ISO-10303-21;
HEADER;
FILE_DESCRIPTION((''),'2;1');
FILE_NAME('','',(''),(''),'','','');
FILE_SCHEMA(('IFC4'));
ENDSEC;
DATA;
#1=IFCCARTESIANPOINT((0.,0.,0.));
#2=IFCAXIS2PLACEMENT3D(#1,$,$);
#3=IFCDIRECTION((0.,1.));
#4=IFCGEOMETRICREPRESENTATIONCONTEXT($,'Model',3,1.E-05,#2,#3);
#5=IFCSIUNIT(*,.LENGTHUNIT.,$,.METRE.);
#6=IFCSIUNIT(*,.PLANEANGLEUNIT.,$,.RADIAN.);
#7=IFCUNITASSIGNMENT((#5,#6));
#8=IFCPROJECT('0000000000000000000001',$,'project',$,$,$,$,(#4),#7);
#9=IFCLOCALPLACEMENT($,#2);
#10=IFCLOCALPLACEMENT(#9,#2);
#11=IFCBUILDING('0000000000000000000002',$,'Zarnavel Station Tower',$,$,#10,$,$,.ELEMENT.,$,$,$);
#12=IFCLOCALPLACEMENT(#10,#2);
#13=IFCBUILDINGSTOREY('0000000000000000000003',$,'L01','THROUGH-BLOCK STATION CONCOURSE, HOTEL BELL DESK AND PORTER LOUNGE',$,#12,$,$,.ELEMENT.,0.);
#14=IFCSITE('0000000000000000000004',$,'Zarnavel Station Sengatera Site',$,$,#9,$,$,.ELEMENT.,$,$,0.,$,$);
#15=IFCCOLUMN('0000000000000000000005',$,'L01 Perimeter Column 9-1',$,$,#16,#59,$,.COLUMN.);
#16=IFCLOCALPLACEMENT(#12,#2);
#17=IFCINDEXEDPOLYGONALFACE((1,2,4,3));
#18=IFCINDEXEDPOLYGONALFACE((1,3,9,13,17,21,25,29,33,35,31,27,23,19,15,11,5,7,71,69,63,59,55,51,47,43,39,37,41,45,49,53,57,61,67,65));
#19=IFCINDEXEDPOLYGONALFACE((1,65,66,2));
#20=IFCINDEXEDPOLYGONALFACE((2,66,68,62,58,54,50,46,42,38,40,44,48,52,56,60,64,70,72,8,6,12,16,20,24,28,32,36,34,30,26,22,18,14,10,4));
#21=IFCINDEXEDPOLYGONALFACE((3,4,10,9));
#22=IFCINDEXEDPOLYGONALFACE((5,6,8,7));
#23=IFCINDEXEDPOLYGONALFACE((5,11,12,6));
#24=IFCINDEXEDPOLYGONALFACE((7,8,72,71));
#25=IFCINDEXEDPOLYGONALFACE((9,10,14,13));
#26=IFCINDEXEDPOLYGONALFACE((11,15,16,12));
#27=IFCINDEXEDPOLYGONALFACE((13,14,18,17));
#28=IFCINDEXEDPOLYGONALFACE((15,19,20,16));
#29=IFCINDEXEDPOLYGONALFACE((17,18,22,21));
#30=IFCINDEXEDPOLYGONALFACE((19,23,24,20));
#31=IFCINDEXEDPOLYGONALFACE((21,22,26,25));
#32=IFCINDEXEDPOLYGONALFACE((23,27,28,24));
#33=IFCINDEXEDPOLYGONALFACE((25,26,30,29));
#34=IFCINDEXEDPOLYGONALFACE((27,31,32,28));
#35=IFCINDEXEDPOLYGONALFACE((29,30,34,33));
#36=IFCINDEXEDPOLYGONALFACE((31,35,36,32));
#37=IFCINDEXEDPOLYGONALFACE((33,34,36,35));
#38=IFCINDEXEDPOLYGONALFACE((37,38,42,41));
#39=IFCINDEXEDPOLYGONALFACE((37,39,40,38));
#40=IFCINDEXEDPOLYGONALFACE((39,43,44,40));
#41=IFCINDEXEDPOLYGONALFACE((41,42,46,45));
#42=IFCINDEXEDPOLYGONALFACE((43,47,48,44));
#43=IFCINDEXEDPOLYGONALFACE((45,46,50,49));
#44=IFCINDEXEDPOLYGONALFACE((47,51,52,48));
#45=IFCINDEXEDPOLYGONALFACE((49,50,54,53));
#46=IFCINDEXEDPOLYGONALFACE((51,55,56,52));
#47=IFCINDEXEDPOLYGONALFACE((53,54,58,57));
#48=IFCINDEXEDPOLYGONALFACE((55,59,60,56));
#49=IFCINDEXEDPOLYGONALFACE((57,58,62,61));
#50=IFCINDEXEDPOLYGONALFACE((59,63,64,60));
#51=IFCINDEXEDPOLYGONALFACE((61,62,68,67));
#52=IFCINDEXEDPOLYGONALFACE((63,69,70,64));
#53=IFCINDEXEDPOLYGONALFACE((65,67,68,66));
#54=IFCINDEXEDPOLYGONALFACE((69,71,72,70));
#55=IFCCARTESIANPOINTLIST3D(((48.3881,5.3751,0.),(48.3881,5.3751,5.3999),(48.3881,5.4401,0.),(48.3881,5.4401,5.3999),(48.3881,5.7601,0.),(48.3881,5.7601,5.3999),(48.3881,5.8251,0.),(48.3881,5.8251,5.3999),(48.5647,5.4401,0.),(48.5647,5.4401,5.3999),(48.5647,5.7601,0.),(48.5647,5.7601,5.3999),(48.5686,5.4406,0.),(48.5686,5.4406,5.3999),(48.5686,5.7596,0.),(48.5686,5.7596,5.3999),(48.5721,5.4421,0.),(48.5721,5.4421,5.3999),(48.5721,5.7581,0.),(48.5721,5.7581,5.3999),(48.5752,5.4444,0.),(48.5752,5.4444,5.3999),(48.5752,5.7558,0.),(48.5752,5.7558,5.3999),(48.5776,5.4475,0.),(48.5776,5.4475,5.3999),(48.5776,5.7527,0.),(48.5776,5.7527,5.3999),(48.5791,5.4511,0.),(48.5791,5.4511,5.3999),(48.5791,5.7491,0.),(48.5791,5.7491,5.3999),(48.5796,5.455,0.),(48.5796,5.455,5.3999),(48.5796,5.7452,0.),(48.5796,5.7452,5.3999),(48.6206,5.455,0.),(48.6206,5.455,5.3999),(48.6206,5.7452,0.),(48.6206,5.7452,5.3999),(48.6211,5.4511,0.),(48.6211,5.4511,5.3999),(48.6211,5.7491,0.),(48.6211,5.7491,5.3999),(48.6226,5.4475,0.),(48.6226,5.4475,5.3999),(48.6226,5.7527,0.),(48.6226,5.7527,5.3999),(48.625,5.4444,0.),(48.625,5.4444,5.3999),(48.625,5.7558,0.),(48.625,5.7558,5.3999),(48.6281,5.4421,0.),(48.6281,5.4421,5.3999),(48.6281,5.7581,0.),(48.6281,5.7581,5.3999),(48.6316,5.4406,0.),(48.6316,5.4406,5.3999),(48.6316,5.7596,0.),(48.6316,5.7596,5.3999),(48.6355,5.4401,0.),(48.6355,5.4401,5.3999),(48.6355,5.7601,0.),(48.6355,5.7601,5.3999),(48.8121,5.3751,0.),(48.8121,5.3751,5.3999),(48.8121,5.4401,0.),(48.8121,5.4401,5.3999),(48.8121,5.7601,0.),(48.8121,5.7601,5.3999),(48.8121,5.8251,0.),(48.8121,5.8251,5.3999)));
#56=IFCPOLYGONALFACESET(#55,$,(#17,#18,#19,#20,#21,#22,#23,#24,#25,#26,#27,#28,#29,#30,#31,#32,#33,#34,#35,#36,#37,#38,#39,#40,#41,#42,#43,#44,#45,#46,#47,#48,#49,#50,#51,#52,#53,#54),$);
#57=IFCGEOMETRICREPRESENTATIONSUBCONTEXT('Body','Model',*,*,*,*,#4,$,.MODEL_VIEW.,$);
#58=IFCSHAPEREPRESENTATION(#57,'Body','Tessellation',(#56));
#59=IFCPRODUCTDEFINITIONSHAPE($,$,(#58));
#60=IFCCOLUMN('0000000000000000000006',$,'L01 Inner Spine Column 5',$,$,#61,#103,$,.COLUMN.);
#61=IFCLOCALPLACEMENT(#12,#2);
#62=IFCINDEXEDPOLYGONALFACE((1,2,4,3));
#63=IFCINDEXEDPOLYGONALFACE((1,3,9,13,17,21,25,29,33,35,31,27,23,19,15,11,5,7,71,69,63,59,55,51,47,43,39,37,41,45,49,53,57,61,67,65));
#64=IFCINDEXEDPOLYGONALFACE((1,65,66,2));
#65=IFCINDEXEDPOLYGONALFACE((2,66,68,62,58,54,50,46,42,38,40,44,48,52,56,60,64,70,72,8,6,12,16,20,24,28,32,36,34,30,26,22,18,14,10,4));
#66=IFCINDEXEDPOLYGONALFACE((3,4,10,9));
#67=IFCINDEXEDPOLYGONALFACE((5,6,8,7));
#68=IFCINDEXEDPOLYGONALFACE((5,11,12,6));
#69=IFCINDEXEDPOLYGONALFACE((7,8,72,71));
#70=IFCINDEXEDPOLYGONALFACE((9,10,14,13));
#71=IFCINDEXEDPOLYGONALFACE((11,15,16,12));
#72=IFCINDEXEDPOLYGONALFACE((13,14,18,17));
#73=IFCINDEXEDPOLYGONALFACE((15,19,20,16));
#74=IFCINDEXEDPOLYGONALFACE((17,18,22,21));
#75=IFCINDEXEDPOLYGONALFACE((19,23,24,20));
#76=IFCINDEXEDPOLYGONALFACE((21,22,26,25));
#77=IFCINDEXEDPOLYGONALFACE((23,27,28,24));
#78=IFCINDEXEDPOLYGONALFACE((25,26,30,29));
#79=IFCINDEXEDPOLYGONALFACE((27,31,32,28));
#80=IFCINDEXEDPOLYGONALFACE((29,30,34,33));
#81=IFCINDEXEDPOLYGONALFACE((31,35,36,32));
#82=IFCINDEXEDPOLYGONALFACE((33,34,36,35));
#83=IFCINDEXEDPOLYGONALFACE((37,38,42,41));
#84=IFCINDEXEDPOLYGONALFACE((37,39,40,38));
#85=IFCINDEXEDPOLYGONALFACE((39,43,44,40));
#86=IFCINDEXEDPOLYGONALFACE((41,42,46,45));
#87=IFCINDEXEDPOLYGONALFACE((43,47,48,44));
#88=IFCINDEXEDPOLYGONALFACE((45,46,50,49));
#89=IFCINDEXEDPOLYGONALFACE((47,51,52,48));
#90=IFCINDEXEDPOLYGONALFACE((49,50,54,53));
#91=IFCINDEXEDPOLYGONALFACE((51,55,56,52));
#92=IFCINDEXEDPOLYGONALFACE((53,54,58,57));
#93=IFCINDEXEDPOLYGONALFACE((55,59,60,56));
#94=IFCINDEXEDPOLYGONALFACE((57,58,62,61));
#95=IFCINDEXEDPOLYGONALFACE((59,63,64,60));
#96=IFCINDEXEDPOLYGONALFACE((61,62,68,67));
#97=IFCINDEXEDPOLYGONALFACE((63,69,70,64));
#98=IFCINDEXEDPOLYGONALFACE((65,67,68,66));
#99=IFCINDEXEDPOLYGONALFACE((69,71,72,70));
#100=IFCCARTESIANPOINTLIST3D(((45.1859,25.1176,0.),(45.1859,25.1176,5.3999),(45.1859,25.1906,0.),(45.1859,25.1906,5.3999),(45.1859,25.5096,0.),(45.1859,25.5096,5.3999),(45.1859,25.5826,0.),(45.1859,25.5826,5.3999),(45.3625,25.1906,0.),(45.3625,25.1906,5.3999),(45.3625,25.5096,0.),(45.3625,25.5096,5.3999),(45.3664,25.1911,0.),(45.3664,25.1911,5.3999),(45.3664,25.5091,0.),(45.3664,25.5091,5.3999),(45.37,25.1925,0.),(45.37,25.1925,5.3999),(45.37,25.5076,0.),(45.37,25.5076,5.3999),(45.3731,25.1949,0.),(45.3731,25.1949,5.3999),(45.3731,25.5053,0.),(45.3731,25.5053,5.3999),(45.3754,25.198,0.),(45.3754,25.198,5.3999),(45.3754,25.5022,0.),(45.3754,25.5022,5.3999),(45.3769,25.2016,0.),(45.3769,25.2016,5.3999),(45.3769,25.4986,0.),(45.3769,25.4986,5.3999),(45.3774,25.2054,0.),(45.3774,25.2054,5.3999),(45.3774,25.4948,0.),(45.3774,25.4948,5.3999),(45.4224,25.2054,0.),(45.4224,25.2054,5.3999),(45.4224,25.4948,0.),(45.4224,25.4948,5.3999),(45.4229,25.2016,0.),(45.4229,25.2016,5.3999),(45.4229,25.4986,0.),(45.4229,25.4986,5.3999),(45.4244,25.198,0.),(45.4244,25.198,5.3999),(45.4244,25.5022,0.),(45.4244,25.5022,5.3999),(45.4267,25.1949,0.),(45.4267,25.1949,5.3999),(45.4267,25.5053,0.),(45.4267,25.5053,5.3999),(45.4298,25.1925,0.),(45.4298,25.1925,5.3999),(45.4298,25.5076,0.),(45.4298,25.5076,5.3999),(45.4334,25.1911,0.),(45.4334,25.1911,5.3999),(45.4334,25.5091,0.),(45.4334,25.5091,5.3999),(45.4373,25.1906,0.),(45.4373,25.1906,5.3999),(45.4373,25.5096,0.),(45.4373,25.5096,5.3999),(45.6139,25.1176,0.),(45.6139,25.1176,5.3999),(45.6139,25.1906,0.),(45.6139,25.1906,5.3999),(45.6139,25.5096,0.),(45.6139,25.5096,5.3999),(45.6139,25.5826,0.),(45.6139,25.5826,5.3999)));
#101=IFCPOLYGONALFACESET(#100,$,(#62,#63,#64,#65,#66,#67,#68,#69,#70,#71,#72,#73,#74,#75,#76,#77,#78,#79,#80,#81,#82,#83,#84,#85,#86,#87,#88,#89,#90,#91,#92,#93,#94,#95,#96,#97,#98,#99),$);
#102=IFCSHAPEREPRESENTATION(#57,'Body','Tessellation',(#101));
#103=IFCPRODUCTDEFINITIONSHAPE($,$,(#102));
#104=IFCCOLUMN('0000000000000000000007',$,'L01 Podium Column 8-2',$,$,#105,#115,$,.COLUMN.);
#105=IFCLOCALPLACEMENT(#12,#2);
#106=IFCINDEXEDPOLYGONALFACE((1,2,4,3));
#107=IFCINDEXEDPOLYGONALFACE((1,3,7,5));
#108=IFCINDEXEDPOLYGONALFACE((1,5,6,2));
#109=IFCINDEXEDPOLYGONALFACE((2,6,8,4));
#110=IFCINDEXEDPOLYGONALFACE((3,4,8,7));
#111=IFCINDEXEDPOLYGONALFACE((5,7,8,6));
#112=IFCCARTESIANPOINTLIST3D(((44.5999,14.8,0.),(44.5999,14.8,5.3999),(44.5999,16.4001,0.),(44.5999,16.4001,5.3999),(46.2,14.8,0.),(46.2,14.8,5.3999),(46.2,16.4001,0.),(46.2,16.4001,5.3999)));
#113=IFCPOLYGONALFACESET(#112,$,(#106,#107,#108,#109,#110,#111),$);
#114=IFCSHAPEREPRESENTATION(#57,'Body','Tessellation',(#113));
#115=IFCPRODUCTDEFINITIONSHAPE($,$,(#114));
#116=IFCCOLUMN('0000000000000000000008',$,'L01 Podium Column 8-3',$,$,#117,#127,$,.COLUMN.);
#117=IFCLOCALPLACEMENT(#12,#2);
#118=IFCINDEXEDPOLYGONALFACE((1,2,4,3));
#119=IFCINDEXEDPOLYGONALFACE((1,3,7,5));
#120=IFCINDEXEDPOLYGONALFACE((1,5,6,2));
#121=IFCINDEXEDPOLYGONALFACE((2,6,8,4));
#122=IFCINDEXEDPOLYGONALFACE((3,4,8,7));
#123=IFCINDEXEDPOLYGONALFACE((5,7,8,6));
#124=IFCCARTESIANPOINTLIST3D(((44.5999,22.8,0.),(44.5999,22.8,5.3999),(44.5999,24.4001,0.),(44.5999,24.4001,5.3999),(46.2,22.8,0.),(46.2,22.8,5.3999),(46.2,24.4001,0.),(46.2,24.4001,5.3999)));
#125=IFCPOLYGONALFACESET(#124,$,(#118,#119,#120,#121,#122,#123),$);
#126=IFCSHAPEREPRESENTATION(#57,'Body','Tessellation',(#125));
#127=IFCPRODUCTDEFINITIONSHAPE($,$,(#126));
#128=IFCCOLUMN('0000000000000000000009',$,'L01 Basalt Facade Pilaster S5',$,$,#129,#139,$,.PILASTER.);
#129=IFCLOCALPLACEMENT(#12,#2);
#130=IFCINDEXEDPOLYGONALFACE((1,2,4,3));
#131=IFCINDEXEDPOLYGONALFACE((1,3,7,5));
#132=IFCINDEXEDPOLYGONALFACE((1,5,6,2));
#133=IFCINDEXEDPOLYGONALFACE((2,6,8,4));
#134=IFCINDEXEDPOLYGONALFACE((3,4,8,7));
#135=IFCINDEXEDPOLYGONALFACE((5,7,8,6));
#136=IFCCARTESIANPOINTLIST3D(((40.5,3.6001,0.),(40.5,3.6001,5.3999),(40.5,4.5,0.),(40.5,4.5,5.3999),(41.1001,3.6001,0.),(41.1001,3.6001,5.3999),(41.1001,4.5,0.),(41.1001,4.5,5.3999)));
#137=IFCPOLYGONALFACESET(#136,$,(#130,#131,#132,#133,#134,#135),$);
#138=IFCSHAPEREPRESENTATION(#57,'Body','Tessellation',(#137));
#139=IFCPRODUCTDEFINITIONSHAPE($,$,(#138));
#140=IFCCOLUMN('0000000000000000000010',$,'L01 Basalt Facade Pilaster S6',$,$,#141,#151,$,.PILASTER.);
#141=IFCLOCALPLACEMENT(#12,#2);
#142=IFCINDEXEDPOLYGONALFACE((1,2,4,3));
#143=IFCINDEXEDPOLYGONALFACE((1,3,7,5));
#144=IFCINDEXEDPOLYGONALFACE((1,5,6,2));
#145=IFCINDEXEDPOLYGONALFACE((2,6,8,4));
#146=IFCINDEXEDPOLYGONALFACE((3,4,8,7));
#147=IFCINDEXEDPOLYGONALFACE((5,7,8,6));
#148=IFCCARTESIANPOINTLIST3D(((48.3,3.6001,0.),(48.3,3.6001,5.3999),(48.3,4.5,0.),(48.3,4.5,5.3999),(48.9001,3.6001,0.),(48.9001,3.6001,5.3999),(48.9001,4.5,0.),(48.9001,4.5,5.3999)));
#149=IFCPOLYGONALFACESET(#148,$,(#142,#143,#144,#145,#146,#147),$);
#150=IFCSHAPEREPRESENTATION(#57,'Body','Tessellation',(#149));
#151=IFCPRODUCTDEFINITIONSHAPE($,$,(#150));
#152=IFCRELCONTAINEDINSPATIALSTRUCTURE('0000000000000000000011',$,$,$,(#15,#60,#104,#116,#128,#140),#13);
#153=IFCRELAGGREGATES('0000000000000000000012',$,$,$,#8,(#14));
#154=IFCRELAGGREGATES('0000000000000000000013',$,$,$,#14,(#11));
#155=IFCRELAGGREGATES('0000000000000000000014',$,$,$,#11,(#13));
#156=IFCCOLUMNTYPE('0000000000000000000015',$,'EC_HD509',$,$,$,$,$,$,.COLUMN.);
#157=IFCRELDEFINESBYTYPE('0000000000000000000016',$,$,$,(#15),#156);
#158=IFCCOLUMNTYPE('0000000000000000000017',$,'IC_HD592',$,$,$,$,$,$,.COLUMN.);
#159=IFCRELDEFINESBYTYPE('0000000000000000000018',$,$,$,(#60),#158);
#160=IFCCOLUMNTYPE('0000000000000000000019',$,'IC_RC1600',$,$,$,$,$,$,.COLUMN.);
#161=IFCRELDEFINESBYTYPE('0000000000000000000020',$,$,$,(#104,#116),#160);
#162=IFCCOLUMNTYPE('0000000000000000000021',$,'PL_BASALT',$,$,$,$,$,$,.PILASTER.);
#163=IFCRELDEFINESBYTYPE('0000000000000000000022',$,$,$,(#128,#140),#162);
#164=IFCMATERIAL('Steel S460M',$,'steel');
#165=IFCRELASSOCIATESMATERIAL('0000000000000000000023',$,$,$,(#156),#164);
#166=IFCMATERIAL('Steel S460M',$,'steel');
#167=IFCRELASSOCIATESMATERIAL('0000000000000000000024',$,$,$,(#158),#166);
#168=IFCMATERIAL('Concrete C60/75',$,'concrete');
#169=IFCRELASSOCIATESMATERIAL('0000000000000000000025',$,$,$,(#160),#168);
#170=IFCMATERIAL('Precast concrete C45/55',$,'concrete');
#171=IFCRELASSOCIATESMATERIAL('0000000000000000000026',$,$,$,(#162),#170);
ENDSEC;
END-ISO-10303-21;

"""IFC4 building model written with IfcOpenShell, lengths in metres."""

from ifc_helpers import new_model, si_unit, direction, frame, origin, origin_2d, place, context, subcontext, project, spatial, rectangle, i_section, extrude, material, material_profile, profile_set, type_object, element, save


model = new_model("IFC4")

# Units and contexts
model_context = context("Model", 3, precision=1e-05, world=origin(), true_north=direction((0.0, 1.0)))
body_context = subcontext(model_context, "Body", "Model", "MODEL_VIEW")
ifc_project = project(units=[si_unit("LENGTHUNIT", "METRE"), si_unit("PLANEANGLEUNIT", "RADIAN")], contexts=[model_context])

# Site, building, storey
site_placement = place(None, origin())
site = spatial("IfcSite", under=ifc_project, at=site_placement, Name="Zarnavel Station Sengatera Site", CompositionType="ELEMENT", RefElevation=0.0)
building_placement = place(site_placement, origin())
building = spatial("IfcBuilding", under=site, at=building_placement, Name="Zarnavel Station Tower", CompositionType="ELEMENT")
storey_placement = place(building_placement, origin())
storey = spatial("IfcBuildingStorey", under=building, at=storey_placement, Name="L01", Description="THROUGH-BLOCK STATION CONCOURSE, HOTEL BELL DESK AND PORTER LOUNGE", CompositionType="ELEMENT", Elevation=0.0)

# Columns
ifc_material_1 = material(Name="Steel S460M", Category="steel")
ifc_material_profile_1 = material_profile(ifc_material_1, i_section(OverallWidth=0.4241, OverallDepth=0.45, WebThickness=0.041, FlangeThickness=0.0649, FilletRadius=0.0149, at=origin_2d()), Name="HD400x509")
ifc_profile_set_1 = profile_set([ifc_material_profile_1], Name="Steel S460M")
column_type_1 = type_object("IfcColumnType", Name="EC_HD509", PredefinedType="COLUMN", material=ifc_profile_set_1)
for number, where, z_axis, x_axis, name in (
    (1, (48.6001, 5.6001, 0.0), (0.0, 0.0, 1.0), (1.0, 0.0, 0.0), "L01 Perimeter Column 9-1"),
):
    element("IfcColumn", number, at=place(storey_placement, frame(where, z_axis=z_axis, x_axis=x_axis)), inside=storey, type_object=column_type_1, Name=name, PredefinedType="COLUMN", context=body_context, shape_type="SweptSolid", body=[
        extrude(i_section(OverallWidth=0.4241, OverallDepth=0.45, WebThickness=0.041, FlangeThickness=0.0649, FilletRadius=0.0149, at=origin_2d()), origin(), (0.0, 0.0, 1.0), 5.3999),
    ])
ifc_material_2 = material(Name="Steel S460M", Category="steel")
ifc_material_profile_2 = material_profile(ifc_material_2, i_section(OverallWidth=0.428, OverallDepth=0.4651, WebThickness=0.0449, FlangeThickness=0.073, FilletRadius=0.0149, at=origin_2d()), Name="HD400x592")
ifc_profile_set_2 = profile_set([ifc_material_profile_2], Name="Steel S460M")
column_type_2 = type_object("IfcColumnType", Name="IC_HD592", PredefinedType="COLUMN", material=ifc_profile_set_2)
column_placement = place(storey_placement, frame((45.3999, 25.3501, 0.0), z_axis=(0.0, 0.0, 1.0), x_axis=(1.0, 0.0, 0.0)))
element("IfcColumn", 2, at=column_placement, inside=storey, type_object=column_type_2, Name="L01 Inner Spine Column 5", PredefinedType="COLUMN", context=body_context, shape_type="SweptSolid", body=[
    extrude(i_section(OverallWidth=0.428, OverallDepth=0.4651, WebThickness=0.0449, FlangeThickness=0.073, FilletRadius=0.0149, at=origin_2d()), origin(), (0.0, 0.0, 1.0), 5.3999),
])
ifc_material_3 = material(Name="Concrete C60/75", Category="concrete")
ifc_material_profile_3 = material_profile(ifc_material_3, rectangle(XDim=1.6001, YDim=1.6001, at=origin_2d()), Name="RC1600x1600")
ifc_profile_set_3 = profile_set([ifc_material_profile_3], Name="Concrete C60/75")
column_type_3 = type_object("IfcColumnType", Name="IC_RC1600", PredefinedType="COLUMN", material=ifc_profile_set_3)
for number, where, z_axis, x_axis, name in (
    (3, (45.3999, 15.6001, 0.0), (0.0, 0.0, 1.0), (1.0, 0.0, 0.0), "L01 Podium Column 8-2"),
    (4, (45.3999, 23.6001, 0.0), (0.0, 0.0, 1.0), (1.0, 0.0, 0.0), "L01 Podium Column 8-3"),
):
    element("IfcColumn", number, at=place(storey_placement, frame(where, z_axis=z_axis, x_axis=x_axis)), inside=storey, type_object=column_type_3, Name=name, PredefinedType="COLUMN", context=body_context, shape_type="SweptSolid", body=[
        extrude(rectangle(XDim=1.6001, YDim=1.6001, at=origin_2d()), origin(), (0.0, 0.0, 1.0), 5.3999),
    ])
ifc_material_4 = material(Name="Precast concrete C45/55", Category="concrete")
ifc_material_profile_4 = material_profile(ifc_material_4, rectangle(XDim=0.6001, YDim=0.8999, at=origin_2d()), Name="RC600x900")
ifc_profile_set_4 = profile_set([ifc_material_profile_4], Name="Precast concrete C45/55")
column_type_4 = type_object("IfcColumnType", Name="PL_BASALT", PredefinedType="PILASTER", material=ifc_profile_set_4)
for number, where, z_axis, x_axis, name in (
    (5, (40.8, 4.05, 0.0), (0.0, 0.0, 1.0), (1.0, 0.0, 0.0), "L01 Basalt Facade Pilaster S5"),
    (6, (48.6001, 4.05, 0.0), (0.0, 0.0, 1.0), (1.0, 0.0, 0.0), "L01 Basalt Facade Pilaster S6"),
):
    element("IfcColumn", number, at=place(storey_placement, frame(where, z_axis=z_axis, x_axis=x_axis)), inside=storey, type_object=column_type_4, Name=name, PredefinedType="PILASTER", context=body_context, shape_type="SweptSolid", body=[
        extrude(rectangle(XDim=0.6001, YDim=0.8999, at=origin_2d()), origin(), (0.0, 0.0, 1.0), 5.3999),
    ])

save(model, "model.ifc")
